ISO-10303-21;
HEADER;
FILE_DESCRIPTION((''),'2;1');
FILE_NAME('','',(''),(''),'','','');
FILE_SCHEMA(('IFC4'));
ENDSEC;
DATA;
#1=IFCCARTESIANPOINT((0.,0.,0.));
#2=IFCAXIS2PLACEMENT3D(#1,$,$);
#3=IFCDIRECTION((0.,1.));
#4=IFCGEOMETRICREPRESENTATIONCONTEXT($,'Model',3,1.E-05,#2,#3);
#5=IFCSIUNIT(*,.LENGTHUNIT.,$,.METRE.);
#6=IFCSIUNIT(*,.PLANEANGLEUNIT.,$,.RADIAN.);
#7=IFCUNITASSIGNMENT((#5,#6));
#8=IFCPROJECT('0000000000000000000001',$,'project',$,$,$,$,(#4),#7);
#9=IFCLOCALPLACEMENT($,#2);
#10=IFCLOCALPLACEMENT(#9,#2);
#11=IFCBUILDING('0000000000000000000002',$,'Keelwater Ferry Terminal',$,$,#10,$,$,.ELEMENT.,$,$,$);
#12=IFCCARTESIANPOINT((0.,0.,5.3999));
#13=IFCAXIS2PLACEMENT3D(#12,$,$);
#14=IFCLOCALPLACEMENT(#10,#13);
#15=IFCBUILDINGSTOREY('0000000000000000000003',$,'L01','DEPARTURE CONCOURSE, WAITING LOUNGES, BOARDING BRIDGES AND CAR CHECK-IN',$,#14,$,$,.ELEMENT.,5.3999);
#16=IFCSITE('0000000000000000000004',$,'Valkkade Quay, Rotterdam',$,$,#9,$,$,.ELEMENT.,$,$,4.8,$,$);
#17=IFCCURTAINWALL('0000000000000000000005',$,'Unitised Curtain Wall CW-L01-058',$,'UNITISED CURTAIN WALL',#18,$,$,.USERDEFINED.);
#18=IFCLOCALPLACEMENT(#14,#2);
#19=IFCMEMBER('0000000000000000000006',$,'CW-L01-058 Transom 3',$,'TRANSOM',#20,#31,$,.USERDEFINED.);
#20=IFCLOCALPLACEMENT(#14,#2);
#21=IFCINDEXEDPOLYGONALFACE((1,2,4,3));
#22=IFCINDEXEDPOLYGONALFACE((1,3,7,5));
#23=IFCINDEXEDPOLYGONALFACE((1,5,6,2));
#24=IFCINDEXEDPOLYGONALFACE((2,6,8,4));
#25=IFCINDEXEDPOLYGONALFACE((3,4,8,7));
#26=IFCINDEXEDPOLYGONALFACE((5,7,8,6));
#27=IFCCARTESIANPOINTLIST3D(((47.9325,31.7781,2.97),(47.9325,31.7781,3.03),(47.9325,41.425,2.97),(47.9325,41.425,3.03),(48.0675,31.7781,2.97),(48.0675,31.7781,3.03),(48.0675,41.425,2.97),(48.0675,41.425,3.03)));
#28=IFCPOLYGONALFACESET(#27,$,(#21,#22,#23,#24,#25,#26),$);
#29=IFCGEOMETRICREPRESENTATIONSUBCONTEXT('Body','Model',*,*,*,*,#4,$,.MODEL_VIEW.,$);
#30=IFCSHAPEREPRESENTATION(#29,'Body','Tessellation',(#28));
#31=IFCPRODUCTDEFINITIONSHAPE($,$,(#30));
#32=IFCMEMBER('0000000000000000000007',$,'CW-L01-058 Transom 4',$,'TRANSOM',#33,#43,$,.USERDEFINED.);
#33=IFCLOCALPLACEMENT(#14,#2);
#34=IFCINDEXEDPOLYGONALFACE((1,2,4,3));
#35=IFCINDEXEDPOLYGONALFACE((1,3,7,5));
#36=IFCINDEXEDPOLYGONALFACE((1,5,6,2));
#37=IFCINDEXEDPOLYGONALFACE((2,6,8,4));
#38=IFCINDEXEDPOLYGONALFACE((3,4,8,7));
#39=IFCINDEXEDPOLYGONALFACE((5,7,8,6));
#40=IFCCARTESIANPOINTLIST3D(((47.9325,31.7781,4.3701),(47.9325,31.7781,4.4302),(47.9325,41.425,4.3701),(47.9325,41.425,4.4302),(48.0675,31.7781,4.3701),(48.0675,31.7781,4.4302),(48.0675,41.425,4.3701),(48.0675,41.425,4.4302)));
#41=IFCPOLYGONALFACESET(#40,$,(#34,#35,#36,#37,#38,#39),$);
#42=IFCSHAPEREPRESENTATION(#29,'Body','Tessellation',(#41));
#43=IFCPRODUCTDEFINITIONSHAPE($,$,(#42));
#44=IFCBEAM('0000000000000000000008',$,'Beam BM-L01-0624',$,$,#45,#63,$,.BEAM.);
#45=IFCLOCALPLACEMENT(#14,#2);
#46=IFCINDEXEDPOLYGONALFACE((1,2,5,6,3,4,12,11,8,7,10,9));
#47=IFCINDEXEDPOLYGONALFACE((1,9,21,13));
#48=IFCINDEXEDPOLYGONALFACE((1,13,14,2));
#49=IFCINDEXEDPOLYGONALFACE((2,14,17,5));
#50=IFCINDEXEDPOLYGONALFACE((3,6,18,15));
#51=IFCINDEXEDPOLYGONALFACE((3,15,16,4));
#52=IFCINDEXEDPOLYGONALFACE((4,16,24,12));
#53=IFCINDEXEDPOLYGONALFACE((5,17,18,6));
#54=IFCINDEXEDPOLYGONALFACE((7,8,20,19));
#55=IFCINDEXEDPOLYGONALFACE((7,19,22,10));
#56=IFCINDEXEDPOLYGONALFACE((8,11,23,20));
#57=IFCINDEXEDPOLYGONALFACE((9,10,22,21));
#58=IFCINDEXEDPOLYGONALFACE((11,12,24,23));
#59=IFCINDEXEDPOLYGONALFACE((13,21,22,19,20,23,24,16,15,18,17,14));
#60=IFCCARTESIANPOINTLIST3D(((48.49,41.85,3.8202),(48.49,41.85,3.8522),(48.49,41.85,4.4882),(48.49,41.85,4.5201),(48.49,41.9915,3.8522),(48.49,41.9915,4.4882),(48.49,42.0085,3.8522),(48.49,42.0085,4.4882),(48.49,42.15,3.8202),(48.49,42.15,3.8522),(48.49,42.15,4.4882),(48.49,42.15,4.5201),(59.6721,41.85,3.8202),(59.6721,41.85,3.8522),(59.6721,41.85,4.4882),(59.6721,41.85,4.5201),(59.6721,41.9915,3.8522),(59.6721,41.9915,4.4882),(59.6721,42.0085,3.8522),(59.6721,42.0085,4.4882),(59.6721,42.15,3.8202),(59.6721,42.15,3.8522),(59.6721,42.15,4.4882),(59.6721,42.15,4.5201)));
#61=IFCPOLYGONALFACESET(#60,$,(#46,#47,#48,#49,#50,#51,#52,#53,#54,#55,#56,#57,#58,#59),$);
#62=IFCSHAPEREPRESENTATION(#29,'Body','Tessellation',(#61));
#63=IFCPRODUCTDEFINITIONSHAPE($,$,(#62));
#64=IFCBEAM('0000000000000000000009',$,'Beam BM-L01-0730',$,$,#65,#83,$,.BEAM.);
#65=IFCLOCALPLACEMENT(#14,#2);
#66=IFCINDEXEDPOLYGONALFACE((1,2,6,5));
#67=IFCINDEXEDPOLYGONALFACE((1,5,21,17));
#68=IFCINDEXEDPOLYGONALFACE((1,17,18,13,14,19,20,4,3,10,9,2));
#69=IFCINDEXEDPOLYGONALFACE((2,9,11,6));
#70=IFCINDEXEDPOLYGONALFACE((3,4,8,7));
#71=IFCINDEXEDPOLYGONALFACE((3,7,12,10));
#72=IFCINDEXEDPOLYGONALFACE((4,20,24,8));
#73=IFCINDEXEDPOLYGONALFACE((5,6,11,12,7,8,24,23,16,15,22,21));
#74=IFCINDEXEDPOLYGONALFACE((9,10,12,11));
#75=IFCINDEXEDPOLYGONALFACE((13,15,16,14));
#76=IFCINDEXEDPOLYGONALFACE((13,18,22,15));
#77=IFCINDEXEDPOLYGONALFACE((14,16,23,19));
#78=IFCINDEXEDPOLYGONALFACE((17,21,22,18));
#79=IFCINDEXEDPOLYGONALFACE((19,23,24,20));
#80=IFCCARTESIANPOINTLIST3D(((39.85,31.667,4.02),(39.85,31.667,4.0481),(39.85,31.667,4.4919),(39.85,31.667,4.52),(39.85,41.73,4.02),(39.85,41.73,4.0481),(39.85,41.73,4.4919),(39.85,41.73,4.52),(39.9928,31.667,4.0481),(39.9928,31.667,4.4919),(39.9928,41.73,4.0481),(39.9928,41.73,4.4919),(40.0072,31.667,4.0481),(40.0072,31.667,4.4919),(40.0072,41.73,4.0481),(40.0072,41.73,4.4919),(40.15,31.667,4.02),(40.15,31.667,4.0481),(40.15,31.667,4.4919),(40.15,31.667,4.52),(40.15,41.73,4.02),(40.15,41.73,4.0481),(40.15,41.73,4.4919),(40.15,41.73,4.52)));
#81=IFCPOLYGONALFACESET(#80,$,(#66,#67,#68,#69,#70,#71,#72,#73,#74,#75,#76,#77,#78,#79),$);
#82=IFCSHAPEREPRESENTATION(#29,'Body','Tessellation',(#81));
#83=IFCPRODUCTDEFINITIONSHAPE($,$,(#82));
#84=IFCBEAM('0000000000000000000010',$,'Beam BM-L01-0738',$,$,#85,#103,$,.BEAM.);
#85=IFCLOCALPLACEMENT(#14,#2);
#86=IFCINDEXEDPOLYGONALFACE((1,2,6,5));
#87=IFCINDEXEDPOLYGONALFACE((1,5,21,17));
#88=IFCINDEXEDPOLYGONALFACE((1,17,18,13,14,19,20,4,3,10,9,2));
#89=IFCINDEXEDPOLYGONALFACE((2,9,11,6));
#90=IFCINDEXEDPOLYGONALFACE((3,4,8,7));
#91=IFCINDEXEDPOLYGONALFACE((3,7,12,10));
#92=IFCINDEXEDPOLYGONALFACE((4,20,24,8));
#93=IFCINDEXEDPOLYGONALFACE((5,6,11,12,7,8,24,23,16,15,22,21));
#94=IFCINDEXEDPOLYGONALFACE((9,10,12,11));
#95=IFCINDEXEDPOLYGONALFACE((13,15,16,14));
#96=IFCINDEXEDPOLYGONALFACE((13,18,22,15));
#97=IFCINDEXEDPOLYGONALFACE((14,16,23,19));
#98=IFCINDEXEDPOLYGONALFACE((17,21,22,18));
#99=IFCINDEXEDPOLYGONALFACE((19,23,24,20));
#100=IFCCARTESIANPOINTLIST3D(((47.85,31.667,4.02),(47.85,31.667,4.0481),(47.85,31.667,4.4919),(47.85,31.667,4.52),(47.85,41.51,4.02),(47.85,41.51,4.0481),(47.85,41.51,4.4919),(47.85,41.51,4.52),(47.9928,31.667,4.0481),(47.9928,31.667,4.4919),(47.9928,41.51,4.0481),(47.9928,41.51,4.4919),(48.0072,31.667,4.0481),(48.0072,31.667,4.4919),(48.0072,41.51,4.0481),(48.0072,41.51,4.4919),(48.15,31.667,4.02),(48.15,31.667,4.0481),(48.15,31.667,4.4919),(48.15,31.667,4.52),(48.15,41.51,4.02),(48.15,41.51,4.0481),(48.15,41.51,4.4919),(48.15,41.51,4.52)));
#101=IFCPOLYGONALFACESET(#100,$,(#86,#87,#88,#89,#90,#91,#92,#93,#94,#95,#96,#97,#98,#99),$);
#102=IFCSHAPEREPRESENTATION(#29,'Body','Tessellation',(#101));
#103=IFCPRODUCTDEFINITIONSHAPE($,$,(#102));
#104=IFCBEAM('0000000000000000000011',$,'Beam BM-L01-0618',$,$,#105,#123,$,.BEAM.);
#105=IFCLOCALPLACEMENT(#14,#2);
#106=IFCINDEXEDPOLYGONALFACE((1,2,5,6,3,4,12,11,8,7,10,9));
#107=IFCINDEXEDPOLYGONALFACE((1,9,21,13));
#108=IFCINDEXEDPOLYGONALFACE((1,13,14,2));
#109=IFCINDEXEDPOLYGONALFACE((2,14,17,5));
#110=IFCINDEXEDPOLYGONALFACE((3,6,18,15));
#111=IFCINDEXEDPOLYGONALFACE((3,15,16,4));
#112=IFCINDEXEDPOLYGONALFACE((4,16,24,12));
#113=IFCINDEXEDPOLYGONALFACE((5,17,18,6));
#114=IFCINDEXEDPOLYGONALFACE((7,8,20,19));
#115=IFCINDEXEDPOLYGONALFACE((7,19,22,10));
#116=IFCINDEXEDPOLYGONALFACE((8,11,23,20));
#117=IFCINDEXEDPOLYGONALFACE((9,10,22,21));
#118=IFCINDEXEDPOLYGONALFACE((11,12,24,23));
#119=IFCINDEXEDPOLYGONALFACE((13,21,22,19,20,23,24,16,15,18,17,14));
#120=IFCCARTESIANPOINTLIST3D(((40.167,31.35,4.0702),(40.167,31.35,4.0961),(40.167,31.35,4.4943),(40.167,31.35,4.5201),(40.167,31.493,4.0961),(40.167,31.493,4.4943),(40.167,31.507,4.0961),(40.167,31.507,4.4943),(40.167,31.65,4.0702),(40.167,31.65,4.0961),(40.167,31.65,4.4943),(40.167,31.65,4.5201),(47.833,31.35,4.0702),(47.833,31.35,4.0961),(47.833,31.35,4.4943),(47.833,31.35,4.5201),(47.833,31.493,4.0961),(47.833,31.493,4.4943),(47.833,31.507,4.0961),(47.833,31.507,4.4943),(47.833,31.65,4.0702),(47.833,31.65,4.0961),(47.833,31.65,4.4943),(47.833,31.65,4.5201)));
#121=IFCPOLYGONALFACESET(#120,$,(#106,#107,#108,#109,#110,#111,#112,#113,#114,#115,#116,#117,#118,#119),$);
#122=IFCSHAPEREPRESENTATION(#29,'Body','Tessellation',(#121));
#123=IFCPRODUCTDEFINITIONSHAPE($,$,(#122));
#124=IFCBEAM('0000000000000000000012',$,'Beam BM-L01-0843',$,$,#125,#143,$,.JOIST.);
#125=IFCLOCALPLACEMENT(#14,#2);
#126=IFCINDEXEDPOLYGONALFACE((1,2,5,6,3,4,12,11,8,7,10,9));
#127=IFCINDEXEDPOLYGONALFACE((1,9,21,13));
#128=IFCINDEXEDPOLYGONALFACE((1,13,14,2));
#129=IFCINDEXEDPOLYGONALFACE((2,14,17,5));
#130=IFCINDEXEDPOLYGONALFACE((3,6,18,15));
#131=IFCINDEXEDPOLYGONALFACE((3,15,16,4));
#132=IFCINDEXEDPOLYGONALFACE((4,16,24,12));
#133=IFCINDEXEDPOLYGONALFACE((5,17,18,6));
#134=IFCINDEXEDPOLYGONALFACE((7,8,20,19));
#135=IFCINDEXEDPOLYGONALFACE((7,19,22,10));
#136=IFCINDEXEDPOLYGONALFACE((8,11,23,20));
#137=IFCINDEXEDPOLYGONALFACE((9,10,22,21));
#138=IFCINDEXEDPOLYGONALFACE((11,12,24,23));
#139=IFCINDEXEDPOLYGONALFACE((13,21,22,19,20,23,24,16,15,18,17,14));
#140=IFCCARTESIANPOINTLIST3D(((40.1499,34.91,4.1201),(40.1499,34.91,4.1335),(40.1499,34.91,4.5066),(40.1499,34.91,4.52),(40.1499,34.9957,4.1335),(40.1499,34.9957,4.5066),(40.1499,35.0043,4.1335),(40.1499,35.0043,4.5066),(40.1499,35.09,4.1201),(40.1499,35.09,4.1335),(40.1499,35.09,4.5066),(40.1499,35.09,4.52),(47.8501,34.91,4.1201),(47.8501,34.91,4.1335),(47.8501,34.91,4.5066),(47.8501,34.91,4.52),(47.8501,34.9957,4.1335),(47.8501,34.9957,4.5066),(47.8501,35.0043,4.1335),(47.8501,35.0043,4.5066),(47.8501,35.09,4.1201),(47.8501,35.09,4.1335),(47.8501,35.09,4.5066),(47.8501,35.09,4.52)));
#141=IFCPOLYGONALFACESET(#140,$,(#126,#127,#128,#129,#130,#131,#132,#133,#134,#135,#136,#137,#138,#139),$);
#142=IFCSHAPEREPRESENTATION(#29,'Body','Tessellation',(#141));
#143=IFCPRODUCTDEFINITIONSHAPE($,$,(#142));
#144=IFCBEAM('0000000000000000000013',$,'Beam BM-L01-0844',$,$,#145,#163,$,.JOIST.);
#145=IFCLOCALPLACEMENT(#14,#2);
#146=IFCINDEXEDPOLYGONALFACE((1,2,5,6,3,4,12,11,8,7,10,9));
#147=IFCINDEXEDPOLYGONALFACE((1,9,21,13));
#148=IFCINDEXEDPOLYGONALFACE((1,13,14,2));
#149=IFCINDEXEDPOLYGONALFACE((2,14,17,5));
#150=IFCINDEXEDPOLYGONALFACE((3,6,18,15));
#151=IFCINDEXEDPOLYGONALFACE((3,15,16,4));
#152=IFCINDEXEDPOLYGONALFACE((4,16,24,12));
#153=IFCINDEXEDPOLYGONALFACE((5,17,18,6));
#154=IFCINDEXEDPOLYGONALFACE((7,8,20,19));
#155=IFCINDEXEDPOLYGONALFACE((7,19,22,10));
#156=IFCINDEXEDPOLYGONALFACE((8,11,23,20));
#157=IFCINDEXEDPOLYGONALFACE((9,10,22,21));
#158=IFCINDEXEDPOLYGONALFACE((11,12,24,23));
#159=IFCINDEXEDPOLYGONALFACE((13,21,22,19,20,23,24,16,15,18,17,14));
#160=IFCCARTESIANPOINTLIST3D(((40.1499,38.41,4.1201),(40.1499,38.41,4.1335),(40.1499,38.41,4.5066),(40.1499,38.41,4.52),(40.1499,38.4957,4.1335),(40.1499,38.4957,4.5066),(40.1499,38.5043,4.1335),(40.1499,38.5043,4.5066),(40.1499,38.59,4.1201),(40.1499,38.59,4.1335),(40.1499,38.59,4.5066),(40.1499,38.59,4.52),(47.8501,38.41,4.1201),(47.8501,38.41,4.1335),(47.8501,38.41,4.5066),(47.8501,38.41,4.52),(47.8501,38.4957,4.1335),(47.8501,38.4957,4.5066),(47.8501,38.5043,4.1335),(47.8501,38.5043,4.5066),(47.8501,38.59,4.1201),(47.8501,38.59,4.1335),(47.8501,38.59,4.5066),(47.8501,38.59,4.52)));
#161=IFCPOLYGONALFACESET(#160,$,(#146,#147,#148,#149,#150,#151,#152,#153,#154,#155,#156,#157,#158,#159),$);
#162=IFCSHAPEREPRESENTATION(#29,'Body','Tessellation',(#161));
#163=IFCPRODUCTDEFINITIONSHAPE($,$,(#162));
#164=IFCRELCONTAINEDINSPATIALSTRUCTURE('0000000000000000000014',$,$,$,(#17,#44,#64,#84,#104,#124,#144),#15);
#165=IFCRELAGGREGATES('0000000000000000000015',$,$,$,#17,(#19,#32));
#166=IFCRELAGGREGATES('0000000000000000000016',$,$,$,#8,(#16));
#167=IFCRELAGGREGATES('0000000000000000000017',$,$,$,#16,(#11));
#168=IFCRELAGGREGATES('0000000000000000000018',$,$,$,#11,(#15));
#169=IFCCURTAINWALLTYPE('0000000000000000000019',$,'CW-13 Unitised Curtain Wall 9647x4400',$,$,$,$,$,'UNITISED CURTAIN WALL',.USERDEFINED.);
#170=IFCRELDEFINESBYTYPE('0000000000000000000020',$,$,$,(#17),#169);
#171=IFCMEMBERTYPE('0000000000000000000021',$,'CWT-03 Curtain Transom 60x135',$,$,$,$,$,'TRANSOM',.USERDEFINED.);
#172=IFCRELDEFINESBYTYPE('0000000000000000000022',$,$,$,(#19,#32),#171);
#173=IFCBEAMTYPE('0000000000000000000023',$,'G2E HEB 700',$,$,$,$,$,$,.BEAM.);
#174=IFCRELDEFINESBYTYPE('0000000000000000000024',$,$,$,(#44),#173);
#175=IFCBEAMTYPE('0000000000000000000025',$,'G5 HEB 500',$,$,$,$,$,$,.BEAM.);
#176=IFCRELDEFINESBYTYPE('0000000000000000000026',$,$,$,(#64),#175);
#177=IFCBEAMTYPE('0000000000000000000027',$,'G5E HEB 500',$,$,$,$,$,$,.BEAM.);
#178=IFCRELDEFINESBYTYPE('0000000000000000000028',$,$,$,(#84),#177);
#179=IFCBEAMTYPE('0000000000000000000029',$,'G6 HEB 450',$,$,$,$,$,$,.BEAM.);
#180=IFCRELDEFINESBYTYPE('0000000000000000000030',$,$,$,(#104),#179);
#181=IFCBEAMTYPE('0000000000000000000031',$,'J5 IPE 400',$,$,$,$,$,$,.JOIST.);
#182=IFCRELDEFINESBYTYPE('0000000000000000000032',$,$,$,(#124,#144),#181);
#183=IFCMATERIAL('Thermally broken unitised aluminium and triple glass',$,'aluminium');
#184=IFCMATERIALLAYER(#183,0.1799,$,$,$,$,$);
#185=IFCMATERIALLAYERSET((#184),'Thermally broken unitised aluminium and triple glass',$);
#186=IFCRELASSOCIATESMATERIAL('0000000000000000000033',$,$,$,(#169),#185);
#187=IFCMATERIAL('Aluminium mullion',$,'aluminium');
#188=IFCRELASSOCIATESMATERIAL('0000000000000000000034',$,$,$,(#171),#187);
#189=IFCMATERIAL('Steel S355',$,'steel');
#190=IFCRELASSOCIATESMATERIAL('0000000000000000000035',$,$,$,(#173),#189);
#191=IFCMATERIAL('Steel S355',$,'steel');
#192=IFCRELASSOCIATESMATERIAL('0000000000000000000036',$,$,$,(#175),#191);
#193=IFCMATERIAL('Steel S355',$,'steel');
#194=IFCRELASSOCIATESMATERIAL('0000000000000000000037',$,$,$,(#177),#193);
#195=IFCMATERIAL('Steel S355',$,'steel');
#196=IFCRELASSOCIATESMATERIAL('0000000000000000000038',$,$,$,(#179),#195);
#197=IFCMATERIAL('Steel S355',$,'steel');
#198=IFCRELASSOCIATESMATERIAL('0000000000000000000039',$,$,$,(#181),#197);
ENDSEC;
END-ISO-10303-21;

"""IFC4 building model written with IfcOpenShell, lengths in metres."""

from ifc_helpers import new_model, si_unit, direction, frame, origin, origin_2d, place, context, subcontext, project, spatial, rectangle, i_section, extrude, material, layer, layer_set, material_profile, profile_set, type_object, element, aggregate, save


model = new_model("IFC4")

# Units and contexts
model_context = context("Model", 3, precision=1e-05, world=origin(), true_north=direction((0.0, 1.0)))
body_context = subcontext(model_context, "Body", "Model", "MODEL_VIEW")
ifc_project = project(units=[si_unit("LENGTHUNIT", "METRE"), si_unit("PLANEANGLEUNIT", "RADIAN")], contexts=[model_context])

# Site, building, storey
site_placement = place(None, origin())
site = spatial("IfcSite", under=ifc_project, at=site_placement, Name="Valkkade Quay, Rotterdam", CompositionType="ELEMENT", RefElevation=4.8)
building_placement = place(site_placement, origin())
building = spatial("IfcBuilding", under=site, at=building_placement, Name="Keelwater Ferry Terminal", CompositionType="ELEMENT")
storey_placement = place(building_placement, frame((0.0, 0.0, 5.3999)))
storey = spatial("IfcBuildingStorey", under=building, at=storey_placement, Name="L01", Description="DEPARTURE CONCOURSE, WAITING LOUNGES, BOARDING BRIDGES AND CAR CHECK-IN", CompositionType="ELEMENT", Elevation=5.3999)

# Curtain wall
ifc_material_1 = material(Name="Thermally broken unitised aluminium and triple glass", Category="aluminium")
ifc_layer_1 = layer(ifc_material_1, 0.1799)
ifc_layer_set_1 = layer_set([ifc_layer_1], Name="Thermally broken unitised aluminium and triple glass")
curtain_wall_type_1 = type_object("IfcCurtainWallType", Name="CW-13 Unitised Curtain Wall 9647x4400", ElementType="UNITISED CURTAIN WALL", PredefinedType="USERDEFINED", material=ifc_layer_set_1)
curtain_wall_1_placement = place(storey_placement, origin())
curtain_wall_1 = element("IfcCurtainWall", 1, at=curtain_wall_1_placement, inside=storey, type_object=curtain_wall_type_1, Name="Unitised Curtain Wall CW-L01-058", ObjectType="UNITISED CURTAIN WALL", PredefinedType="USERDEFINED")

# Members
ifc_material_2 = material(Name="Aluminium mullion", Category="aluminium")
ifc_material_profile_1 = material_profile(ifc_material_2, rectangle(XDim=0.135, YDim=0.0601, at=origin_2d()), Name="CWT-03")
ifc_profile_set_1 = profile_set([ifc_material_profile_1], Name="Aluminium mullion")
member_type_1 = type_object("IfcMemberType", Name="CWT-03 Curtain Transom 60x135", ElementType="TRANSOM", PredefinedType="USERDEFINED", material=ifc_profile_set_1)
member_1_placement = place(storey_placement, frame((48.0, 31.7781, 3.0), z_axis=(0.0, 1.0, 0.0), x_axis=(-1.0, 0.0, 0.0)))
member_1 = element("IfcMember", 2, at=member_1_placement, type_object=member_type_1, Name="CW-L01-058 Transom 3", ObjectType="TRANSOM", PredefinedType="USERDEFINED", context=body_context, shape_type="SweptSolid", body=[
    extrude(rectangle(XDim=0.135, YDim=0.0601, at=origin_2d()), origin(), (0.0, 0.0, 1.0), 9.647),
])
member_2_placement = place(storey_placement, frame((48.0, 31.7781, 4.4001), z_axis=(0.0, 1.0, 0.0), x_axis=(-1.0, 0.0, 0.0)))
member_2 = element("IfcMember", 3, at=member_2_placement, type_object=member_type_1, Name="CW-L01-058 Transom 4", ObjectType="TRANSOM", PredefinedType="USERDEFINED", context=body_context, shape_type="SweptSolid", body=[
    extrude(rectangle(XDim=0.135, YDim=0.0601, at=origin_2d()), origin(), (0.0, 0.0, 1.0), 9.647),
])

# Beams
ifc_material_3 = material(Name="Steel S355", Category="steel")
ifc_material_profile_2 = material_profile(ifc_material_3, i_section(OverallWidth=0.3, OverallDepth=0.7, WebThickness=0.0171, FlangeThickness=0.032, at=origin_2d()), Name="HEB 700")
ifc_profile_set_2 = profile_set([ifc_material_profile_2], Name="Steel S355")
beam_type_1 = type_object("IfcBeamType", Name="G2E HEB 700", PredefinedType="BEAM", material=ifc_profile_set_2)
beam_1_placement = place(storey_placement, frame((48.49, 42.0, 4.1702), z_axis=(1.0, 0.0, 0.0), x_axis=(0.0, 1.0, 0.0)))
element("IfcBeam", 4, at=beam_1_placement, inside=storey, type_object=beam_type_1, Name="Beam BM-L01-0624", PredefinedType="BEAM", context=body_context, shape_type="SweptSolid", body=[
    extrude(i_section(OverallWidth=0.3, OverallDepth=0.7, WebThickness=0.0171, FlangeThickness=0.032, at=origin_2d()), origin(), (0.0, 0.0, 1.0), 11.1821),
])
ifc_material_4 = material(Name="Steel S355", Category="steel")
ifc_material_profile_3 = material_profile(ifc_material_4, i_section(OverallWidth=0.3, OverallDepth=0.5, WebThickness=0.0144, FlangeThickness=0.0281, at=origin_2d()), Name="HEB 500")
ifc_profile_set_3 = profile_set([ifc_material_profile_3], Name="Steel S355")
beam_type_2 = type_object("IfcBeamType", Name="G5 HEB 500", PredefinedType="BEAM", material=ifc_profile_set_3)
beam_2_placement = place(storey_placement, frame((40.0, 31.667, 4.27), z_axis=(0.0, 1.0, 0.0), x_axis=(-1.0, 0.0, 0.0)))
element("IfcBeam", 5, at=beam_2_placement, inside=storey, type_object=beam_type_2, Name="Beam BM-L01-0730", PredefinedType="BEAM", context=body_context, shape_type="SweptSolid", body=[
    extrude(i_section(OverallWidth=0.3, OverallDepth=0.5, WebThickness=0.0144, FlangeThickness=0.0281, at=origin_2d()), origin(), (0.0, 0.0, 1.0), 10.063),
])
ifc_material_5 = material(Name="Steel S355", Category="steel")
ifc_material_profile_4 = material_profile(ifc_material_5, i_section(OverallWidth=0.3, OverallDepth=0.5, WebThickness=0.0144, FlangeThickness=0.0281, at=origin_2d()), Name="HEB 500")
ifc_profile_set_4 = profile_set([ifc_material_profile_4], Name="Steel S355")
beam_type_3 = type_object("IfcBeamType", Name="G5E HEB 500", PredefinedType="BEAM", material=ifc_profile_set_4)
beam_3_placement = place(storey_placement, frame((48.0, 31.667, 4.27), z_axis=(0.0, 1.0, 0.0), x_axis=(-1.0, 0.0, 0.0)))
element("IfcBeam", 6, at=beam_3_placement, inside=storey, type_object=beam_type_3, Name="Beam BM-L01-0738", PredefinedType="BEAM", context=body_context, shape_type="SweptSolid", body=[
    extrude(i_section(OverallWidth=0.3, OverallDepth=0.5, WebThickness=0.0144, FlangeThickness=0.0281, at=origin_2d()), origin(), (0.0, 0.0, 1.0), 9.843),
])
ifc_material_6 = material(Name="Steel S355", Category="steel")
ifc_material_profile_5 = material_profile(ifc_material_6, i_section(OverallWidth=0.3, OverallDepth=0.45, WebThickness=0.0139, FlangeThickness=0.0259, at=origin_2d()), Name="HEB 450")
ifc_profile_set_5 = profile_set([ifc_material_profile_5], Name="Steel S355")
beam_type_4 = type_object("IfcBeamType", Name="G6 HEB 450", PredefinedType="BEAM", material=ifc_profile_set_5)
beam_4_placement = place(storey_placement, frame((40.167, 31.5, 4.2952), z_axis=(1.0, 0.0, 0.0), x_axis=(0.0, 1.0, 0.0)))
element("IfcBeam", 7, at=beam_4_placement, inside=storey, type_object=beam_type_4, Name="Beam BM-L01-0618", PredefinedType="BEAM", context=body_context, shape_type="SweptSolid", body=[
    extrude(i_section(OverallWidth=0.3, OverallDepth=0.45, WebThickness=0.0139, FlangeThickness=0.0259, at=origin_2d()), origin(), (0.0, 0.0, 1.0), 7.666),
])
ifc_material_7 = material(Name="Steel S355", Category="steel")
ifc_material_profile_6 = material_profile(ifc_material_7, i_section(OverallWidth=0.1799, OverallDepth=0.3999, WebThickness=0.0085, FlangeThickness=0.0134, at=origin_2d()), Name="IPE 400")
ifc_profile_set_6 = profile_set([ifc_material_profile_6], Name="Steel S355")
beam_type_5 = type_object("IfcBeamType", Name="J5 IPE 400", PredefinedType="JOIST", material=ifc_profile_set_6)
for number, where, z_axis, x_axis, name in (
    (8, (40.1499, 35.0, 4.3201), (1.0, 0.0, 0.0), (0.0, 1.0, 0.0), "Beam BM-L01-0843"),
    (9, (40.1499, 38.5, 4.3201), (1.0, 0.0, 0.0), (0.0, 1.0, 0.0), "Beam BM-L01-0844"),
):
    element("IfcBeam", number, at=place(storey_placement, frame(where, z_axis=z_axis, x_axis=x_axis)), inside=storey, type_object=beam_type_5, Name=name, PredefinedType="JOIST", context=body_context, shape_type="SweptSolid", body=[
        extrude(i_section(OverallWidth=0.1799, OverallDepth=0.3999, WebThickness=0.0085, FlangeThickness=0.0134, at=origin_2d()), origin(), (0.0, 0.0, 1.0), 7.7002),
    ])

aggregate(curtain_wall_1, [member_1, member_2])

save(model, "model.ifc")
